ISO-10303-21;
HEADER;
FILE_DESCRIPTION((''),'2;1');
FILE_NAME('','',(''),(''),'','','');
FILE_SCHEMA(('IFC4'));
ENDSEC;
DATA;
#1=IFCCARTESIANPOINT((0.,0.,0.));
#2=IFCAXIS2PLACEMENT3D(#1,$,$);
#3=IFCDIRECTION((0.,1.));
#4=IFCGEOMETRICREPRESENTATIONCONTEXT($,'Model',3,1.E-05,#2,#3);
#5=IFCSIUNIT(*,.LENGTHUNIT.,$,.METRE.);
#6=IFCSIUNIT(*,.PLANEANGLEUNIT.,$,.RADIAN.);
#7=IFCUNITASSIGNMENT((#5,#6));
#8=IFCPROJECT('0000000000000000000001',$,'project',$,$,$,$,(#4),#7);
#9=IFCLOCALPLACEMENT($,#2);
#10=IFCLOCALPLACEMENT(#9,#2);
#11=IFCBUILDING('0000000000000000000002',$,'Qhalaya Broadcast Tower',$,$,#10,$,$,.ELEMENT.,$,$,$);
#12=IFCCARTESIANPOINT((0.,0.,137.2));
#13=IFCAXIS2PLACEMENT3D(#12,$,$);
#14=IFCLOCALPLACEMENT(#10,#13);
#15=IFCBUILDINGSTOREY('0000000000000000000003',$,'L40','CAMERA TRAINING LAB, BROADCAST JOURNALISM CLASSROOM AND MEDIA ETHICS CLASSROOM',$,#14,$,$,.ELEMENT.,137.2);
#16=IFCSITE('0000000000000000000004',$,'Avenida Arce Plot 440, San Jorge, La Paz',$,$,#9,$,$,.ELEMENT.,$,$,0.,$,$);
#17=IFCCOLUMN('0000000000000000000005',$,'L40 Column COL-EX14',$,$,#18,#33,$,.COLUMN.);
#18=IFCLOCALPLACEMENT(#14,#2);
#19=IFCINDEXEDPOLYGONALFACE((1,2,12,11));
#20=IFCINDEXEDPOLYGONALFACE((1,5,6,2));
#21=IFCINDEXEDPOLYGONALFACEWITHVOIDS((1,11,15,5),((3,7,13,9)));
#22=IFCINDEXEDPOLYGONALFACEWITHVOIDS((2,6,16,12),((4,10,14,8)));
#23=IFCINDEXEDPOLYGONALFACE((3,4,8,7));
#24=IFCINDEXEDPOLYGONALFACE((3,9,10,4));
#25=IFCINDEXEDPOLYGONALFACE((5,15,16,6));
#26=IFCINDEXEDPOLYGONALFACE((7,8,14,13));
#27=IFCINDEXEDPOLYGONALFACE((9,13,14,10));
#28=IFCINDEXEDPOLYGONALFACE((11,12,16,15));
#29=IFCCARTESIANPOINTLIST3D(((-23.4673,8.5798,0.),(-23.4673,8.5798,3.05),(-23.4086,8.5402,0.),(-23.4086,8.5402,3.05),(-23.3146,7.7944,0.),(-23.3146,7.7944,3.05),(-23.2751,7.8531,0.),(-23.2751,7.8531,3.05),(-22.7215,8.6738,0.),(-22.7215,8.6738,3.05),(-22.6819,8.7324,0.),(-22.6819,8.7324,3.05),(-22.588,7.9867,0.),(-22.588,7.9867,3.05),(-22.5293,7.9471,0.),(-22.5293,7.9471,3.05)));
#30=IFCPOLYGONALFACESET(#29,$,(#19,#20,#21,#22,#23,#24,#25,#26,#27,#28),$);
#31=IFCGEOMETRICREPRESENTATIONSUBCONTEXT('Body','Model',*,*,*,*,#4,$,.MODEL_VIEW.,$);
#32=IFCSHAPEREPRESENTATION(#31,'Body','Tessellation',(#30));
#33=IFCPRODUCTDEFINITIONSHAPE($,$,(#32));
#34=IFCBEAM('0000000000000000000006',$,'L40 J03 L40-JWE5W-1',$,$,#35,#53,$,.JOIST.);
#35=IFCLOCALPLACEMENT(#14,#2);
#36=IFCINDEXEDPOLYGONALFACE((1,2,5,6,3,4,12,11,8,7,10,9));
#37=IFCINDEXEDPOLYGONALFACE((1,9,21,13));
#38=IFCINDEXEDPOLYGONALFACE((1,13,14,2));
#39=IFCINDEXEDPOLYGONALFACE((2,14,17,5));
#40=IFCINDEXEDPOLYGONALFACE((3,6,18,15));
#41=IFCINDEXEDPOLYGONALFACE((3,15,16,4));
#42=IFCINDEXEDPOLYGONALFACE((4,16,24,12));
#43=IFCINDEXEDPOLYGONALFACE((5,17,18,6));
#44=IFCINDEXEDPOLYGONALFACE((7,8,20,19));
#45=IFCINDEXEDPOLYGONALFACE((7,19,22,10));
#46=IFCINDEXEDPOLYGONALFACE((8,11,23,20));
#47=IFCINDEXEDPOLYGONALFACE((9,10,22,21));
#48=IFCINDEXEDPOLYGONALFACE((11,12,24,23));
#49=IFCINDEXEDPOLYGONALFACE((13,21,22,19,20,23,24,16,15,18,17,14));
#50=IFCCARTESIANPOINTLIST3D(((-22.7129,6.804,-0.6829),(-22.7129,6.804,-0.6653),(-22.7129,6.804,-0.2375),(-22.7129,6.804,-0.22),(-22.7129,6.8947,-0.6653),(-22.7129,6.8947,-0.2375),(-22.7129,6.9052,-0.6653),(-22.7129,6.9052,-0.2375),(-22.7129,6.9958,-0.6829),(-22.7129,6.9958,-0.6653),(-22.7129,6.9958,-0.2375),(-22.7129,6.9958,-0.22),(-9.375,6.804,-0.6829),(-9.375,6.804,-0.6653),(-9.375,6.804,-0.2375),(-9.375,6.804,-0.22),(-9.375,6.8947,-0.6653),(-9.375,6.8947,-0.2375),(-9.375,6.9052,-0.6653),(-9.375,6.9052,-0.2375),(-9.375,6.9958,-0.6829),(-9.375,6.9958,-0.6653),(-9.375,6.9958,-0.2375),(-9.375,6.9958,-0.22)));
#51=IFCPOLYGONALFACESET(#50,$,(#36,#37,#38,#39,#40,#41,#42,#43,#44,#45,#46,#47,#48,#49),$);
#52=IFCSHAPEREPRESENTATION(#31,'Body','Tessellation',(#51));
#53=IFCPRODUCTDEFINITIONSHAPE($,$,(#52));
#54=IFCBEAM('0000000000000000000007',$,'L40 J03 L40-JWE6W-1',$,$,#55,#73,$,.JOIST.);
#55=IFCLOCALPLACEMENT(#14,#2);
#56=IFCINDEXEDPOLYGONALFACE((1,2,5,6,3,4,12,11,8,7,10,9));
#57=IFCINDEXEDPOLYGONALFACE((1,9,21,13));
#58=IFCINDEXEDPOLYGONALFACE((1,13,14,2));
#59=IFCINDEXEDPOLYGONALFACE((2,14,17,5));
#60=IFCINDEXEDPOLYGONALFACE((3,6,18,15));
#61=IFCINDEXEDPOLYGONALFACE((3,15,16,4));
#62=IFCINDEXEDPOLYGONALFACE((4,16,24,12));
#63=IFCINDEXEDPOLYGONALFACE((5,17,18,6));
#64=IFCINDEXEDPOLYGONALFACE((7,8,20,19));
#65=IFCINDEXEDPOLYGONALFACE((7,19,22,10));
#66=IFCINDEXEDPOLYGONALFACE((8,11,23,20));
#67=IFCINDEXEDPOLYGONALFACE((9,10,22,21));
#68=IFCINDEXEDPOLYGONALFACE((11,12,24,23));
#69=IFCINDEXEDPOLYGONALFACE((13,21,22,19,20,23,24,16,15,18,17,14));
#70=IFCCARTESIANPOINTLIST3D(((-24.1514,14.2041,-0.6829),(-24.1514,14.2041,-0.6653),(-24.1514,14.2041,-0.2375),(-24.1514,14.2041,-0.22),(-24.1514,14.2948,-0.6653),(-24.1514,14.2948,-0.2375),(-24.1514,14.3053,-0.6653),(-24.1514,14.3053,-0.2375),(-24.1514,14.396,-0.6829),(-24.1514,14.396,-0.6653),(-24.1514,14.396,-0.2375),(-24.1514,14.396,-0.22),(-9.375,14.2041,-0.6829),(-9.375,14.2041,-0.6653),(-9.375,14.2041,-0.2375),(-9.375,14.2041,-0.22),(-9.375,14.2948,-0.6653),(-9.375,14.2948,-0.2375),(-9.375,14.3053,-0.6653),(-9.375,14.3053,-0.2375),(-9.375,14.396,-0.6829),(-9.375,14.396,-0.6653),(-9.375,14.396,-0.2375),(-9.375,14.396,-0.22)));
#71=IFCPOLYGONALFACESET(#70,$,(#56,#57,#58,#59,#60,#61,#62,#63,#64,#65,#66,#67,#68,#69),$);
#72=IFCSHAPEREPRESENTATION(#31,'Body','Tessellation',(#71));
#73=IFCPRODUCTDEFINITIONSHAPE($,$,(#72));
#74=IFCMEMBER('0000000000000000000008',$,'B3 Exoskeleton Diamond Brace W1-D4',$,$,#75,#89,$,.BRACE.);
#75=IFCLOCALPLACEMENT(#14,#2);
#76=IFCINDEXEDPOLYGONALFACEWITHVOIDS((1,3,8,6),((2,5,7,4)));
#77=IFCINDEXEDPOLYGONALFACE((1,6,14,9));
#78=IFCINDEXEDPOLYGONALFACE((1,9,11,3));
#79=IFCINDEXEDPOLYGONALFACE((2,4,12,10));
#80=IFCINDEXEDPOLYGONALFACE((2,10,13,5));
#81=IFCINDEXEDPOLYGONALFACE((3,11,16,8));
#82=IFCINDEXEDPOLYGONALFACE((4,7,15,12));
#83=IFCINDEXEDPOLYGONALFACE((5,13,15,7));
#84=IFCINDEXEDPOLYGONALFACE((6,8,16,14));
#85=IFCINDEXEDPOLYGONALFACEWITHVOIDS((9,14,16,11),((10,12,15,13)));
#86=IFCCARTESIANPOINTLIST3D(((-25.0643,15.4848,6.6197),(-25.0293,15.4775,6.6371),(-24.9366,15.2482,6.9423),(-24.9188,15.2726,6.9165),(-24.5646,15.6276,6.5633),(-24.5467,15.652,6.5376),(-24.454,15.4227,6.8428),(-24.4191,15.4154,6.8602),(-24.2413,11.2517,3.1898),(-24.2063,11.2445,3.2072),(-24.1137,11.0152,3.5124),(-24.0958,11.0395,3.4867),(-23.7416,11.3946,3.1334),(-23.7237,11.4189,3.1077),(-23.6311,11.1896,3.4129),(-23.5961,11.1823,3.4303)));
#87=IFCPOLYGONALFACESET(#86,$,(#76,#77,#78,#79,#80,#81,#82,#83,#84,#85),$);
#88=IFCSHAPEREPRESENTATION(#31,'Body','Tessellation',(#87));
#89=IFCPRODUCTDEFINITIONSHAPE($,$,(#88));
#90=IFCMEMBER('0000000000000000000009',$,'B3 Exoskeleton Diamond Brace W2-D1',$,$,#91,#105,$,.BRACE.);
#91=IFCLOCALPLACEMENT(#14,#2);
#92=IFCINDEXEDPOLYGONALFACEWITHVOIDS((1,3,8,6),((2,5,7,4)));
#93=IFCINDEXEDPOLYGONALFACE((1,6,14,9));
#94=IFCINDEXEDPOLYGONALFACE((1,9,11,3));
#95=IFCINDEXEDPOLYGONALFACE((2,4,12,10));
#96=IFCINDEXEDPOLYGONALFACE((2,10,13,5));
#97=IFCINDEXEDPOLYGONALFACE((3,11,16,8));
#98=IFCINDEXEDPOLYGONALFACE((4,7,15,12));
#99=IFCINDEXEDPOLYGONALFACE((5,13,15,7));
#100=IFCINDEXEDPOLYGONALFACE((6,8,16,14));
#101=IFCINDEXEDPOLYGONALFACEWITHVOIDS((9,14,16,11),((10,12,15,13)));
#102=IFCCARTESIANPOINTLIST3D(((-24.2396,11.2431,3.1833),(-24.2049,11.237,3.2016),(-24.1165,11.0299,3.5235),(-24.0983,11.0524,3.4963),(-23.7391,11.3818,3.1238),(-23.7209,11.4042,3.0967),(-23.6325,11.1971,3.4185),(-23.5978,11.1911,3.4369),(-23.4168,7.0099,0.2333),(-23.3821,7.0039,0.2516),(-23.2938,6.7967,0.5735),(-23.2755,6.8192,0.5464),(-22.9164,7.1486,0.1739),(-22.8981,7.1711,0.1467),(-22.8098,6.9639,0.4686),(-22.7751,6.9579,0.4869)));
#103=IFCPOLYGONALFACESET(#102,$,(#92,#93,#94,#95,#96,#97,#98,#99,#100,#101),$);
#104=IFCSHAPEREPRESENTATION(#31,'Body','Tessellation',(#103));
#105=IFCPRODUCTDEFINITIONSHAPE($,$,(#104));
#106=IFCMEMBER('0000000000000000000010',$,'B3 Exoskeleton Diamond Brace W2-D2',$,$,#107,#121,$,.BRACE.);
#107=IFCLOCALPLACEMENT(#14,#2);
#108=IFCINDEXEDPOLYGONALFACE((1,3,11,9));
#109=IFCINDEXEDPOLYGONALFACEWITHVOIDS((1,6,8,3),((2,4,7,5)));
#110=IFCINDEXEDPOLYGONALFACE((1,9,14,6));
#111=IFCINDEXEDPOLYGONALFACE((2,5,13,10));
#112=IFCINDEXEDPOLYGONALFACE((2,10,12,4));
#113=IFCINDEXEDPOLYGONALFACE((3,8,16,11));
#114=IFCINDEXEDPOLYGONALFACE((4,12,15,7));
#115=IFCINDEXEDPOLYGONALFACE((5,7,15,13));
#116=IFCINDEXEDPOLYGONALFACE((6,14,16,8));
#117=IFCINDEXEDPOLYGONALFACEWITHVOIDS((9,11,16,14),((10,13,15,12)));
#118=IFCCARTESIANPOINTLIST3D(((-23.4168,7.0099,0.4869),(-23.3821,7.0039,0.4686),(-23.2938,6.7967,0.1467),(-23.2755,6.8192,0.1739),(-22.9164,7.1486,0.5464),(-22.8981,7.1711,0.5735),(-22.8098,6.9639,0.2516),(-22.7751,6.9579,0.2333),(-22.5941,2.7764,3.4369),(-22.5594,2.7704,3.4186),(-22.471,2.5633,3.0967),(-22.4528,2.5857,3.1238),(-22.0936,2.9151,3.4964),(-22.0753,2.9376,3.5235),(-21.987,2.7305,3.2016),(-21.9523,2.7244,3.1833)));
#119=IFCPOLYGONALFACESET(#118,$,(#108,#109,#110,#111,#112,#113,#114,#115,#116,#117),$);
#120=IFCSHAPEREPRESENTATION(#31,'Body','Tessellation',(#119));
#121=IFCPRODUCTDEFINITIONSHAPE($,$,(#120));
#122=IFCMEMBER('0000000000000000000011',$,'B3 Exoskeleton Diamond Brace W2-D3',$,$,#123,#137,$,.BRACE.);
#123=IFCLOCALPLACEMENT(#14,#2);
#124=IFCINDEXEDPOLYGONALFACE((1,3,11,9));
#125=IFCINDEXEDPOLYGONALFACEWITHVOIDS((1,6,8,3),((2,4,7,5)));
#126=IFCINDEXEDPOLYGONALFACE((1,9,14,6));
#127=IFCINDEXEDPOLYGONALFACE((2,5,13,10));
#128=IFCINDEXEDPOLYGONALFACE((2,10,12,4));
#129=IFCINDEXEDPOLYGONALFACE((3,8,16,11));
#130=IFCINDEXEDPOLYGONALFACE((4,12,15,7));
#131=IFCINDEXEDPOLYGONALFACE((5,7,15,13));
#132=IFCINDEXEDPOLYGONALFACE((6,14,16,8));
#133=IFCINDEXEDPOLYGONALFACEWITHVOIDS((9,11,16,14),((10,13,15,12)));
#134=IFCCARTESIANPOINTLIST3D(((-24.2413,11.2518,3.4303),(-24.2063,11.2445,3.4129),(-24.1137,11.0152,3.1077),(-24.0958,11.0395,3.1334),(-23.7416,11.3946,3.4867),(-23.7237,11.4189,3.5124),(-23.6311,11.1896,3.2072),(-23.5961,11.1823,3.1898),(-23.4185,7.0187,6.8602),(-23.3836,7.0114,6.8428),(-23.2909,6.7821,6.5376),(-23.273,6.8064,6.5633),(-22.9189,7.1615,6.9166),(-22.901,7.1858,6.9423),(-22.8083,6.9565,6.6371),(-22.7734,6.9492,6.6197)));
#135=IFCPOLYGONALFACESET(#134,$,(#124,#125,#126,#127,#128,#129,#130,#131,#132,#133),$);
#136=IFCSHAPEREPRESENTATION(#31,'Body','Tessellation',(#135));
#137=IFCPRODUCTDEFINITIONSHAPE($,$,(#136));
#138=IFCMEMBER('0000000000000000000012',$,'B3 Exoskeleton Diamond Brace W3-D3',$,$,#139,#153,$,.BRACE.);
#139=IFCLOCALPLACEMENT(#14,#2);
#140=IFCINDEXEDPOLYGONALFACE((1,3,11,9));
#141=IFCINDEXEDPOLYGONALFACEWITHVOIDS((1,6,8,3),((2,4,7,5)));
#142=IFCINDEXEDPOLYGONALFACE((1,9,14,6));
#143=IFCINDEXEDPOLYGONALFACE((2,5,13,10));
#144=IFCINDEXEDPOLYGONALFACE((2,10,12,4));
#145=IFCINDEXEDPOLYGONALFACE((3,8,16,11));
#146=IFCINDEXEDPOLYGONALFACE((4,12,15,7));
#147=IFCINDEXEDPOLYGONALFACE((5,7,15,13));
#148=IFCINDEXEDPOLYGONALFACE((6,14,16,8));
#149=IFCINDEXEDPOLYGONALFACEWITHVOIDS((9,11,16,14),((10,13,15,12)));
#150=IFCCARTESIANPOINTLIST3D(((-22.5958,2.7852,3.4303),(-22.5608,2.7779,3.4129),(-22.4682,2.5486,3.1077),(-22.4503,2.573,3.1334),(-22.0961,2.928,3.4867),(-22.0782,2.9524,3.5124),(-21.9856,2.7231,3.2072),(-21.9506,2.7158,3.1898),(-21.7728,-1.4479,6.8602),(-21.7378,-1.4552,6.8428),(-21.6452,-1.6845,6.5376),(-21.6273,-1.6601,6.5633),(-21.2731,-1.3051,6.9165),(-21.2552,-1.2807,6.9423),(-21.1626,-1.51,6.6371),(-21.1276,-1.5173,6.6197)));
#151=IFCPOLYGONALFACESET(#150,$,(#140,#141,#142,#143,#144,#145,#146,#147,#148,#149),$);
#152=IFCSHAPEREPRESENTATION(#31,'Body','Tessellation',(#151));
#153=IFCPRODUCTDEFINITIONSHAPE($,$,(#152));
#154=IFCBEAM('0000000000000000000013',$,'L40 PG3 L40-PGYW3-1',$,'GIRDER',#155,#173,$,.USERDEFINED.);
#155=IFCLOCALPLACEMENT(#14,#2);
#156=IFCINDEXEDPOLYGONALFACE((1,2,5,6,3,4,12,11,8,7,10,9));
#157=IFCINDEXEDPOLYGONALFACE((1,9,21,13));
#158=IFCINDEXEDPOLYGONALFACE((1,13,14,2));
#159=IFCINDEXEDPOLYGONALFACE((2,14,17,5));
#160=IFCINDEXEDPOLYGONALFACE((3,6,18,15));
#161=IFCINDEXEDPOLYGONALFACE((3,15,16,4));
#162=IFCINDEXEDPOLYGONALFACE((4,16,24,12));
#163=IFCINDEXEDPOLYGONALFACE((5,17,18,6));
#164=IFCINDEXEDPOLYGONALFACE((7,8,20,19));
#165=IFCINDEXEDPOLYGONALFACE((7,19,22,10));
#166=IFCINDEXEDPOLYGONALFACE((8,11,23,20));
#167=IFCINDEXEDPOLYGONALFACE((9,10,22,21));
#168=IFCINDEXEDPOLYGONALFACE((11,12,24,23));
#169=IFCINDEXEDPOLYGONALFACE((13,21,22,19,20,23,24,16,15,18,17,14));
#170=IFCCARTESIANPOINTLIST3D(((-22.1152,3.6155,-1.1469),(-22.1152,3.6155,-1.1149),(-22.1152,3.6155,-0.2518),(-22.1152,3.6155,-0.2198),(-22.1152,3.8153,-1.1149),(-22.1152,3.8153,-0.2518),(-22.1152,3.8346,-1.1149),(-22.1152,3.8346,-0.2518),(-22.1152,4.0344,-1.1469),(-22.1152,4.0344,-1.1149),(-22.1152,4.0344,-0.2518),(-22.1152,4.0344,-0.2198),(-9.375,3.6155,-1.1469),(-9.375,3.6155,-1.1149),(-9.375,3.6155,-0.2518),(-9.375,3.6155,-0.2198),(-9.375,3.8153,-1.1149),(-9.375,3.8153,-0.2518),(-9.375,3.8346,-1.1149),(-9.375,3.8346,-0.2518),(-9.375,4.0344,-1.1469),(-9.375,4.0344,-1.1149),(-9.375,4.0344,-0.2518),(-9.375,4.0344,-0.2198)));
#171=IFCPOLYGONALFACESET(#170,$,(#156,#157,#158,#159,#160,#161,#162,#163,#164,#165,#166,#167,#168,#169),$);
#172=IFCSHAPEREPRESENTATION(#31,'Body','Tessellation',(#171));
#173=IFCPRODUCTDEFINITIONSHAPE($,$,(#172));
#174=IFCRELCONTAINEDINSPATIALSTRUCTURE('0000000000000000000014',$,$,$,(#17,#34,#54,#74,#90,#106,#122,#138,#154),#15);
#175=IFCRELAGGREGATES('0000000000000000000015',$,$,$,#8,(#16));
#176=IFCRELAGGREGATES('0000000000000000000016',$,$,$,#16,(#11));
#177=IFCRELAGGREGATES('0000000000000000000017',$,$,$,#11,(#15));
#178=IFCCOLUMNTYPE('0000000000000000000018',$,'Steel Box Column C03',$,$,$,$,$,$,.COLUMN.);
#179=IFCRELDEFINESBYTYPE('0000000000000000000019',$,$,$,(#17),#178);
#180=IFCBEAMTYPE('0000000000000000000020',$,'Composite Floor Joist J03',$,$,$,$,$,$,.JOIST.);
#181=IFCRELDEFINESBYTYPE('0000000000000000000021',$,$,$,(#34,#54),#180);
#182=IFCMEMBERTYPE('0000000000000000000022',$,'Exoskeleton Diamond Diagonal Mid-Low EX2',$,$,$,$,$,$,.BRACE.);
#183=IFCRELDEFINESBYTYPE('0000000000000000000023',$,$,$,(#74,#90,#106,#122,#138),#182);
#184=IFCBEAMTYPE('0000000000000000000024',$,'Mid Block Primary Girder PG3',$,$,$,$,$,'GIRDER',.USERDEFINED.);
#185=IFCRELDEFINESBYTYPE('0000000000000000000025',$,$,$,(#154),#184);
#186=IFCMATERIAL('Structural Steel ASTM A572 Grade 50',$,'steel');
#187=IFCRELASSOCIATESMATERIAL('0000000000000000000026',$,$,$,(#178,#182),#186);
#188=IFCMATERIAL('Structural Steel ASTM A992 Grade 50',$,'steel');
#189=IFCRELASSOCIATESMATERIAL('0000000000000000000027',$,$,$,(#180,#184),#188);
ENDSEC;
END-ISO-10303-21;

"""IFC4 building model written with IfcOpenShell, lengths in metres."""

from ifc_helpers import new_model, si_unit, direction, frame, origin, origin_2d, place, context, subcontext, project, spatial, hollow_rectangle, i_section, extrude, material, material_profile, profile_set, type_object, element, save


model = new_model("IFC4")

# Units and contexts
model_context = context("Model", 3, precision=1e-05, world=origin(), true_north=direction((0.0, 1.0)))
body_context = subcontext(model_context, "Body", "Model", "MODEL_VIEW")
ifc_project = project(units=[si_unit("LENGTHUNIT", "METRE"), si_unit("PLANEANGLEUNIT", "RADIAN")], contexts=[model_context])

# Site, building, storey
site_placement = place(None, origin())
site = spatial("IfcSite", under=ifc_project, at=site_placement, Name="Avenida Arce Plot 440, San Jorge, La Paz", CompositionType="ELEMENT", RefElevation=0.0)
building_placement = place(site_placement, origin())
building = spatial("IfcBuilding", under=site, at=building_placement, Name="Qhalaya Broadcast Tower", CompositionType="ELEMENT")
storey_placement = place(building_placement, frame((0.0, 0.0, 137.2)))
storey = spatial("IfcBuildingStorey", under=building, at=storey_placement, Name="L40", Description="CAMERA TRAINING LAB, BROADCAST JOURNALISM CLASSROOM AND MEDIA ETHICS CLASSROOM", CompositionType="ELEMENT", Elevation=137.2)

# Column
ifc_material_1 = material(Name="Structural Steel ASTM A572 Grade 50", Category="steel")
ifc_material_profile_1 = material_profile(ifc_material_1, hollow_rectangle(XDim=0.8, YDim=0.8, WallThickness=0.05, at=origin_2d()), Name="BOX 800x800x50")
ifc_profile_set_1 = profile_set([ifc_material_profile_1], Name="Structural Steel ASTM A572 Grade 50")
column_type = type_object("IfcColumnType", Name="Steel Box Column C03", PredefinedType="COLUMN", material=ifc_profile_set_1)
column_placement = place(storey_placement, frame((-22.9983, 8.2634, 0.0), z_axis=(0.0, 0.0, 1.0), x_axis=(-0.190809, 0.981627, 0.0)))
element("IfcColumn", 1, at=column_placement, inside=storey, type_object=column_type, Name="L40 Column COL-EX14", PredefinedType="COLUMN", context=body_context, shape_type="SweptSolid", body=[
    extrude(hollow_rectangle(XDim=0.8, YDim=0.8, WallThickness=0.05, at=origin_2d()), origin(), (0.0, 0.0, 1.0), 3.05),
])

# Beams
ifc_material_2 = material(Name="Structural Steel ASTM A992 Grade 50", Category="steel")
ifc_material_profile_2 = material_profile(ifc_material_2, i_section(OverallWidth=0.1919, OverallDepth=0.4629, WebThickness=0.0105, FlangeThickness=0.0176, at=origin_2d()), Name="W18X60")
ifc_profile_set_2 = profile_set([ifc_material_profile_2], Name="Structural Steel ASTM A992 Grade 50")
beam_type_1 = type_object("IfcBeamType", Name="Composite Floor Joist J03", PredefinedType="JOIST", material=ifc_profile_set_2)
beam_1_placement = place(storey_placement, frame((-22.7129, 6.8999, -0.4514), z_axis=(1.0, 0.0, 0.0), x_axis=(0.0, 1.0, 0.0)))
element("IfcBeam", 2, at=beam_1_placement, inside=storey, type_object=beam_type_1, Name="L40 J03 L40-JWE5W-1", PredefinedType="JOIST", context=body_context, shape_type="SweptSolid", body=[
    extrude(i_section(OverallWidth=0.1919, OverallDepth=0.4629, WebThickness=0.0105, FlangeThickness=0.0176, at=origin_2d()), origin(), (0.0, 0.0, 1.0), 13.3379),
])
beam_2_placement = place(storey_placement, frame((-24.1514, 14.3, -0.4514), z_axis=(1.0, 0.0, 0.0), x_axis=(0.0, 1.0, 0.0)))
element("IfcBeam", 3, at=beam_2_placement, inside=storey, type_object=beam_type_1, Name="L40 J03 L40-JWE6W-1", PredefinedType="JOIST", context=body_context, shape_type="SweptSolid", body=[
    extrude(i_section(OverallWidth=0.1919, OverallDepth=0.4629, WebThickness=0.0105, FlangeThickness=0.0176, at=origin_2d()), origin(), (0.0, 0.0, 1.0), 14.7764),
])

# Members
ifc_material_profile_3 = material_profile(ifc_material_1, hollow_rectangle(XDim=0.4199, YDim=0.55, WallThickness=0.0281, at=origin_2d()), Name="BOX 420x550x28")
ifc_profile_set_3 = profile_set([ifc_material_profile_3], Name="Structural Steel ASTM A572 Grade 50")
member_type = type_object("IfcMemberType", Name="Exoskeleton Diamond Diagonal Mid-Low EX2", PredefinedType="BRACE", material=ifc_profile_set_3)
member_1_placement = place(storey_placement, frame((-23.9187, 11.217, 3.3101), z_axis=(-0.149361, 0.768252, 0.622479), x_axis=(0.303916, -0.563397, 0.768257)))
element("IfcMember", 4, at=member_1_placement, inside=storey, type_object=member_type, Name="B3 Exoskeleton Diamond Brace W1-D4", PredefinedType="BRACE", context=body_context, shape_type="SweptSolid", body=[
    extrude(hollow_rectangle(XDim=0.4199, YDim=0.55, WallThickness=0.0281, at=origin_2d()), origin(), (0.0, 0.0, 1.0), 5.51),
])
member_2_placement = place(storey_placement, frame((-23.0959, 6.9839, 0.3601), z_axis=(-0.15747, 0.810201, 0.564604), x_axis=(0.293045, -0.507645, 0.810198)))
element("IfcMember", 5, at=member_2_placement, inside=storey, type_object=member_type, Name="B3 Exoskeleton Diamond Brace W2-D1", PredefinedType="BRACE", context=body_context, shape_type="SweptSolid", body=[
    extrude(hollow_rectangle(XDim=0.4199, YDim=0.55, WallThickness=0.0281, at=origin_2d()), origin(), (0.0, 0.0, 1.0), 5.2249),
])
member_3_placement = place(storey_placement, frame((-23.0959, 6.9839, 0.3601), z_axis=(0.157464, -0.810217, 0.564582), x_axis=(-0.293036, 0.507628, 0.810212)))
element("IfcMember", 6, at=member_3_placement, inside=storey, type_object=member_type, Name="B3 Exoskeleton Diamond Brace W2-D2", PredefinedType="BRACE", context=body_context, shape_type="SweptSolid", body=[
    extrude(hollow_rectangle(XDim=0.4199, YDim=0.55, WallThickness=0.0281, at=origin_2d()), origin(), (0.0, 0.0, 1.0), 5.2251),
])
for number, where, z_axis, x_axis, name in (
    (7, (-23.9187, 11.217, 3.3101), (0.149318, -0.768257, 0.622483), (-0.303885, 0.563418, 0.768254), "B3 Exoskeleton Diamond Brace W2-D3"),
    (8, (-22.2732, 2.7505, 3.3101), (0.149361, -0.768252, 0.622479), (-0.303916, 0.563397, 0.768257), "B3 Exoskeleton Diamond Brace W3-D3"),
):
    element("IfcMember", number, at=place(storey_placement, frame(where, z_axis=z_axis, x_axis=x_axis)), inside=storey, type_object=member_type, Name=name, PredefinedType="BRACE", context=body_context, shape_type="SweptSolid", body=[
        extrude(hollow_rectangle(XDim=0.4199, YDim=0.55, WallThickness=0.0281, at=origin_2d()), origin(), (0.0, 0.0, 1.0), 5.51),
    ])

# Beam
ifc_material_profile_4 = material_profile(ifc_material_2, i_section(OverallWidth=0.4189, OverallDepth=0.927, WebThickness=0.0193, FlangeThickness=0.032, at=origin_2d()), Name="W36X231")
ifc_profile_set_4 = profile_set([ifc_material_profile_4], Name="Structural Steel ASTM A992 Grade 50")
beam_type_2 = type_object("IfcBeamType", Name="Mid Block Primary Girder PG3", ElementType="GIRDER", PredefinedType="USERDEFINED", material=ifc_profile_set_4)
beam_3_placement = place(storey_placement, frame((-22.1152, 3.825, -0.6833), z_axis=(1.0, 0.0, 0.0), x_axis=(0.0, 1.0, 0.0)))
element("IfcBeam", 9, at=beam_3_placement, inside=storey, type_object=beam_type_2, Name="L40 PG3 L40-PGYW3-1", ObjectType="GIRDER", PredefinedType="USERDEFINED", context=body_context, shape_type="SweptSolid", body=[
    extrude(i_section(OverallWidth=0.4189, OverallDepth=0.927, WebThickness=0.0193, FlangeThickness=0.032, at=origin_2d()), origin(), (0.0, 0.0, 1.0), 12.7402),
])

save(model, "model.ifc")
